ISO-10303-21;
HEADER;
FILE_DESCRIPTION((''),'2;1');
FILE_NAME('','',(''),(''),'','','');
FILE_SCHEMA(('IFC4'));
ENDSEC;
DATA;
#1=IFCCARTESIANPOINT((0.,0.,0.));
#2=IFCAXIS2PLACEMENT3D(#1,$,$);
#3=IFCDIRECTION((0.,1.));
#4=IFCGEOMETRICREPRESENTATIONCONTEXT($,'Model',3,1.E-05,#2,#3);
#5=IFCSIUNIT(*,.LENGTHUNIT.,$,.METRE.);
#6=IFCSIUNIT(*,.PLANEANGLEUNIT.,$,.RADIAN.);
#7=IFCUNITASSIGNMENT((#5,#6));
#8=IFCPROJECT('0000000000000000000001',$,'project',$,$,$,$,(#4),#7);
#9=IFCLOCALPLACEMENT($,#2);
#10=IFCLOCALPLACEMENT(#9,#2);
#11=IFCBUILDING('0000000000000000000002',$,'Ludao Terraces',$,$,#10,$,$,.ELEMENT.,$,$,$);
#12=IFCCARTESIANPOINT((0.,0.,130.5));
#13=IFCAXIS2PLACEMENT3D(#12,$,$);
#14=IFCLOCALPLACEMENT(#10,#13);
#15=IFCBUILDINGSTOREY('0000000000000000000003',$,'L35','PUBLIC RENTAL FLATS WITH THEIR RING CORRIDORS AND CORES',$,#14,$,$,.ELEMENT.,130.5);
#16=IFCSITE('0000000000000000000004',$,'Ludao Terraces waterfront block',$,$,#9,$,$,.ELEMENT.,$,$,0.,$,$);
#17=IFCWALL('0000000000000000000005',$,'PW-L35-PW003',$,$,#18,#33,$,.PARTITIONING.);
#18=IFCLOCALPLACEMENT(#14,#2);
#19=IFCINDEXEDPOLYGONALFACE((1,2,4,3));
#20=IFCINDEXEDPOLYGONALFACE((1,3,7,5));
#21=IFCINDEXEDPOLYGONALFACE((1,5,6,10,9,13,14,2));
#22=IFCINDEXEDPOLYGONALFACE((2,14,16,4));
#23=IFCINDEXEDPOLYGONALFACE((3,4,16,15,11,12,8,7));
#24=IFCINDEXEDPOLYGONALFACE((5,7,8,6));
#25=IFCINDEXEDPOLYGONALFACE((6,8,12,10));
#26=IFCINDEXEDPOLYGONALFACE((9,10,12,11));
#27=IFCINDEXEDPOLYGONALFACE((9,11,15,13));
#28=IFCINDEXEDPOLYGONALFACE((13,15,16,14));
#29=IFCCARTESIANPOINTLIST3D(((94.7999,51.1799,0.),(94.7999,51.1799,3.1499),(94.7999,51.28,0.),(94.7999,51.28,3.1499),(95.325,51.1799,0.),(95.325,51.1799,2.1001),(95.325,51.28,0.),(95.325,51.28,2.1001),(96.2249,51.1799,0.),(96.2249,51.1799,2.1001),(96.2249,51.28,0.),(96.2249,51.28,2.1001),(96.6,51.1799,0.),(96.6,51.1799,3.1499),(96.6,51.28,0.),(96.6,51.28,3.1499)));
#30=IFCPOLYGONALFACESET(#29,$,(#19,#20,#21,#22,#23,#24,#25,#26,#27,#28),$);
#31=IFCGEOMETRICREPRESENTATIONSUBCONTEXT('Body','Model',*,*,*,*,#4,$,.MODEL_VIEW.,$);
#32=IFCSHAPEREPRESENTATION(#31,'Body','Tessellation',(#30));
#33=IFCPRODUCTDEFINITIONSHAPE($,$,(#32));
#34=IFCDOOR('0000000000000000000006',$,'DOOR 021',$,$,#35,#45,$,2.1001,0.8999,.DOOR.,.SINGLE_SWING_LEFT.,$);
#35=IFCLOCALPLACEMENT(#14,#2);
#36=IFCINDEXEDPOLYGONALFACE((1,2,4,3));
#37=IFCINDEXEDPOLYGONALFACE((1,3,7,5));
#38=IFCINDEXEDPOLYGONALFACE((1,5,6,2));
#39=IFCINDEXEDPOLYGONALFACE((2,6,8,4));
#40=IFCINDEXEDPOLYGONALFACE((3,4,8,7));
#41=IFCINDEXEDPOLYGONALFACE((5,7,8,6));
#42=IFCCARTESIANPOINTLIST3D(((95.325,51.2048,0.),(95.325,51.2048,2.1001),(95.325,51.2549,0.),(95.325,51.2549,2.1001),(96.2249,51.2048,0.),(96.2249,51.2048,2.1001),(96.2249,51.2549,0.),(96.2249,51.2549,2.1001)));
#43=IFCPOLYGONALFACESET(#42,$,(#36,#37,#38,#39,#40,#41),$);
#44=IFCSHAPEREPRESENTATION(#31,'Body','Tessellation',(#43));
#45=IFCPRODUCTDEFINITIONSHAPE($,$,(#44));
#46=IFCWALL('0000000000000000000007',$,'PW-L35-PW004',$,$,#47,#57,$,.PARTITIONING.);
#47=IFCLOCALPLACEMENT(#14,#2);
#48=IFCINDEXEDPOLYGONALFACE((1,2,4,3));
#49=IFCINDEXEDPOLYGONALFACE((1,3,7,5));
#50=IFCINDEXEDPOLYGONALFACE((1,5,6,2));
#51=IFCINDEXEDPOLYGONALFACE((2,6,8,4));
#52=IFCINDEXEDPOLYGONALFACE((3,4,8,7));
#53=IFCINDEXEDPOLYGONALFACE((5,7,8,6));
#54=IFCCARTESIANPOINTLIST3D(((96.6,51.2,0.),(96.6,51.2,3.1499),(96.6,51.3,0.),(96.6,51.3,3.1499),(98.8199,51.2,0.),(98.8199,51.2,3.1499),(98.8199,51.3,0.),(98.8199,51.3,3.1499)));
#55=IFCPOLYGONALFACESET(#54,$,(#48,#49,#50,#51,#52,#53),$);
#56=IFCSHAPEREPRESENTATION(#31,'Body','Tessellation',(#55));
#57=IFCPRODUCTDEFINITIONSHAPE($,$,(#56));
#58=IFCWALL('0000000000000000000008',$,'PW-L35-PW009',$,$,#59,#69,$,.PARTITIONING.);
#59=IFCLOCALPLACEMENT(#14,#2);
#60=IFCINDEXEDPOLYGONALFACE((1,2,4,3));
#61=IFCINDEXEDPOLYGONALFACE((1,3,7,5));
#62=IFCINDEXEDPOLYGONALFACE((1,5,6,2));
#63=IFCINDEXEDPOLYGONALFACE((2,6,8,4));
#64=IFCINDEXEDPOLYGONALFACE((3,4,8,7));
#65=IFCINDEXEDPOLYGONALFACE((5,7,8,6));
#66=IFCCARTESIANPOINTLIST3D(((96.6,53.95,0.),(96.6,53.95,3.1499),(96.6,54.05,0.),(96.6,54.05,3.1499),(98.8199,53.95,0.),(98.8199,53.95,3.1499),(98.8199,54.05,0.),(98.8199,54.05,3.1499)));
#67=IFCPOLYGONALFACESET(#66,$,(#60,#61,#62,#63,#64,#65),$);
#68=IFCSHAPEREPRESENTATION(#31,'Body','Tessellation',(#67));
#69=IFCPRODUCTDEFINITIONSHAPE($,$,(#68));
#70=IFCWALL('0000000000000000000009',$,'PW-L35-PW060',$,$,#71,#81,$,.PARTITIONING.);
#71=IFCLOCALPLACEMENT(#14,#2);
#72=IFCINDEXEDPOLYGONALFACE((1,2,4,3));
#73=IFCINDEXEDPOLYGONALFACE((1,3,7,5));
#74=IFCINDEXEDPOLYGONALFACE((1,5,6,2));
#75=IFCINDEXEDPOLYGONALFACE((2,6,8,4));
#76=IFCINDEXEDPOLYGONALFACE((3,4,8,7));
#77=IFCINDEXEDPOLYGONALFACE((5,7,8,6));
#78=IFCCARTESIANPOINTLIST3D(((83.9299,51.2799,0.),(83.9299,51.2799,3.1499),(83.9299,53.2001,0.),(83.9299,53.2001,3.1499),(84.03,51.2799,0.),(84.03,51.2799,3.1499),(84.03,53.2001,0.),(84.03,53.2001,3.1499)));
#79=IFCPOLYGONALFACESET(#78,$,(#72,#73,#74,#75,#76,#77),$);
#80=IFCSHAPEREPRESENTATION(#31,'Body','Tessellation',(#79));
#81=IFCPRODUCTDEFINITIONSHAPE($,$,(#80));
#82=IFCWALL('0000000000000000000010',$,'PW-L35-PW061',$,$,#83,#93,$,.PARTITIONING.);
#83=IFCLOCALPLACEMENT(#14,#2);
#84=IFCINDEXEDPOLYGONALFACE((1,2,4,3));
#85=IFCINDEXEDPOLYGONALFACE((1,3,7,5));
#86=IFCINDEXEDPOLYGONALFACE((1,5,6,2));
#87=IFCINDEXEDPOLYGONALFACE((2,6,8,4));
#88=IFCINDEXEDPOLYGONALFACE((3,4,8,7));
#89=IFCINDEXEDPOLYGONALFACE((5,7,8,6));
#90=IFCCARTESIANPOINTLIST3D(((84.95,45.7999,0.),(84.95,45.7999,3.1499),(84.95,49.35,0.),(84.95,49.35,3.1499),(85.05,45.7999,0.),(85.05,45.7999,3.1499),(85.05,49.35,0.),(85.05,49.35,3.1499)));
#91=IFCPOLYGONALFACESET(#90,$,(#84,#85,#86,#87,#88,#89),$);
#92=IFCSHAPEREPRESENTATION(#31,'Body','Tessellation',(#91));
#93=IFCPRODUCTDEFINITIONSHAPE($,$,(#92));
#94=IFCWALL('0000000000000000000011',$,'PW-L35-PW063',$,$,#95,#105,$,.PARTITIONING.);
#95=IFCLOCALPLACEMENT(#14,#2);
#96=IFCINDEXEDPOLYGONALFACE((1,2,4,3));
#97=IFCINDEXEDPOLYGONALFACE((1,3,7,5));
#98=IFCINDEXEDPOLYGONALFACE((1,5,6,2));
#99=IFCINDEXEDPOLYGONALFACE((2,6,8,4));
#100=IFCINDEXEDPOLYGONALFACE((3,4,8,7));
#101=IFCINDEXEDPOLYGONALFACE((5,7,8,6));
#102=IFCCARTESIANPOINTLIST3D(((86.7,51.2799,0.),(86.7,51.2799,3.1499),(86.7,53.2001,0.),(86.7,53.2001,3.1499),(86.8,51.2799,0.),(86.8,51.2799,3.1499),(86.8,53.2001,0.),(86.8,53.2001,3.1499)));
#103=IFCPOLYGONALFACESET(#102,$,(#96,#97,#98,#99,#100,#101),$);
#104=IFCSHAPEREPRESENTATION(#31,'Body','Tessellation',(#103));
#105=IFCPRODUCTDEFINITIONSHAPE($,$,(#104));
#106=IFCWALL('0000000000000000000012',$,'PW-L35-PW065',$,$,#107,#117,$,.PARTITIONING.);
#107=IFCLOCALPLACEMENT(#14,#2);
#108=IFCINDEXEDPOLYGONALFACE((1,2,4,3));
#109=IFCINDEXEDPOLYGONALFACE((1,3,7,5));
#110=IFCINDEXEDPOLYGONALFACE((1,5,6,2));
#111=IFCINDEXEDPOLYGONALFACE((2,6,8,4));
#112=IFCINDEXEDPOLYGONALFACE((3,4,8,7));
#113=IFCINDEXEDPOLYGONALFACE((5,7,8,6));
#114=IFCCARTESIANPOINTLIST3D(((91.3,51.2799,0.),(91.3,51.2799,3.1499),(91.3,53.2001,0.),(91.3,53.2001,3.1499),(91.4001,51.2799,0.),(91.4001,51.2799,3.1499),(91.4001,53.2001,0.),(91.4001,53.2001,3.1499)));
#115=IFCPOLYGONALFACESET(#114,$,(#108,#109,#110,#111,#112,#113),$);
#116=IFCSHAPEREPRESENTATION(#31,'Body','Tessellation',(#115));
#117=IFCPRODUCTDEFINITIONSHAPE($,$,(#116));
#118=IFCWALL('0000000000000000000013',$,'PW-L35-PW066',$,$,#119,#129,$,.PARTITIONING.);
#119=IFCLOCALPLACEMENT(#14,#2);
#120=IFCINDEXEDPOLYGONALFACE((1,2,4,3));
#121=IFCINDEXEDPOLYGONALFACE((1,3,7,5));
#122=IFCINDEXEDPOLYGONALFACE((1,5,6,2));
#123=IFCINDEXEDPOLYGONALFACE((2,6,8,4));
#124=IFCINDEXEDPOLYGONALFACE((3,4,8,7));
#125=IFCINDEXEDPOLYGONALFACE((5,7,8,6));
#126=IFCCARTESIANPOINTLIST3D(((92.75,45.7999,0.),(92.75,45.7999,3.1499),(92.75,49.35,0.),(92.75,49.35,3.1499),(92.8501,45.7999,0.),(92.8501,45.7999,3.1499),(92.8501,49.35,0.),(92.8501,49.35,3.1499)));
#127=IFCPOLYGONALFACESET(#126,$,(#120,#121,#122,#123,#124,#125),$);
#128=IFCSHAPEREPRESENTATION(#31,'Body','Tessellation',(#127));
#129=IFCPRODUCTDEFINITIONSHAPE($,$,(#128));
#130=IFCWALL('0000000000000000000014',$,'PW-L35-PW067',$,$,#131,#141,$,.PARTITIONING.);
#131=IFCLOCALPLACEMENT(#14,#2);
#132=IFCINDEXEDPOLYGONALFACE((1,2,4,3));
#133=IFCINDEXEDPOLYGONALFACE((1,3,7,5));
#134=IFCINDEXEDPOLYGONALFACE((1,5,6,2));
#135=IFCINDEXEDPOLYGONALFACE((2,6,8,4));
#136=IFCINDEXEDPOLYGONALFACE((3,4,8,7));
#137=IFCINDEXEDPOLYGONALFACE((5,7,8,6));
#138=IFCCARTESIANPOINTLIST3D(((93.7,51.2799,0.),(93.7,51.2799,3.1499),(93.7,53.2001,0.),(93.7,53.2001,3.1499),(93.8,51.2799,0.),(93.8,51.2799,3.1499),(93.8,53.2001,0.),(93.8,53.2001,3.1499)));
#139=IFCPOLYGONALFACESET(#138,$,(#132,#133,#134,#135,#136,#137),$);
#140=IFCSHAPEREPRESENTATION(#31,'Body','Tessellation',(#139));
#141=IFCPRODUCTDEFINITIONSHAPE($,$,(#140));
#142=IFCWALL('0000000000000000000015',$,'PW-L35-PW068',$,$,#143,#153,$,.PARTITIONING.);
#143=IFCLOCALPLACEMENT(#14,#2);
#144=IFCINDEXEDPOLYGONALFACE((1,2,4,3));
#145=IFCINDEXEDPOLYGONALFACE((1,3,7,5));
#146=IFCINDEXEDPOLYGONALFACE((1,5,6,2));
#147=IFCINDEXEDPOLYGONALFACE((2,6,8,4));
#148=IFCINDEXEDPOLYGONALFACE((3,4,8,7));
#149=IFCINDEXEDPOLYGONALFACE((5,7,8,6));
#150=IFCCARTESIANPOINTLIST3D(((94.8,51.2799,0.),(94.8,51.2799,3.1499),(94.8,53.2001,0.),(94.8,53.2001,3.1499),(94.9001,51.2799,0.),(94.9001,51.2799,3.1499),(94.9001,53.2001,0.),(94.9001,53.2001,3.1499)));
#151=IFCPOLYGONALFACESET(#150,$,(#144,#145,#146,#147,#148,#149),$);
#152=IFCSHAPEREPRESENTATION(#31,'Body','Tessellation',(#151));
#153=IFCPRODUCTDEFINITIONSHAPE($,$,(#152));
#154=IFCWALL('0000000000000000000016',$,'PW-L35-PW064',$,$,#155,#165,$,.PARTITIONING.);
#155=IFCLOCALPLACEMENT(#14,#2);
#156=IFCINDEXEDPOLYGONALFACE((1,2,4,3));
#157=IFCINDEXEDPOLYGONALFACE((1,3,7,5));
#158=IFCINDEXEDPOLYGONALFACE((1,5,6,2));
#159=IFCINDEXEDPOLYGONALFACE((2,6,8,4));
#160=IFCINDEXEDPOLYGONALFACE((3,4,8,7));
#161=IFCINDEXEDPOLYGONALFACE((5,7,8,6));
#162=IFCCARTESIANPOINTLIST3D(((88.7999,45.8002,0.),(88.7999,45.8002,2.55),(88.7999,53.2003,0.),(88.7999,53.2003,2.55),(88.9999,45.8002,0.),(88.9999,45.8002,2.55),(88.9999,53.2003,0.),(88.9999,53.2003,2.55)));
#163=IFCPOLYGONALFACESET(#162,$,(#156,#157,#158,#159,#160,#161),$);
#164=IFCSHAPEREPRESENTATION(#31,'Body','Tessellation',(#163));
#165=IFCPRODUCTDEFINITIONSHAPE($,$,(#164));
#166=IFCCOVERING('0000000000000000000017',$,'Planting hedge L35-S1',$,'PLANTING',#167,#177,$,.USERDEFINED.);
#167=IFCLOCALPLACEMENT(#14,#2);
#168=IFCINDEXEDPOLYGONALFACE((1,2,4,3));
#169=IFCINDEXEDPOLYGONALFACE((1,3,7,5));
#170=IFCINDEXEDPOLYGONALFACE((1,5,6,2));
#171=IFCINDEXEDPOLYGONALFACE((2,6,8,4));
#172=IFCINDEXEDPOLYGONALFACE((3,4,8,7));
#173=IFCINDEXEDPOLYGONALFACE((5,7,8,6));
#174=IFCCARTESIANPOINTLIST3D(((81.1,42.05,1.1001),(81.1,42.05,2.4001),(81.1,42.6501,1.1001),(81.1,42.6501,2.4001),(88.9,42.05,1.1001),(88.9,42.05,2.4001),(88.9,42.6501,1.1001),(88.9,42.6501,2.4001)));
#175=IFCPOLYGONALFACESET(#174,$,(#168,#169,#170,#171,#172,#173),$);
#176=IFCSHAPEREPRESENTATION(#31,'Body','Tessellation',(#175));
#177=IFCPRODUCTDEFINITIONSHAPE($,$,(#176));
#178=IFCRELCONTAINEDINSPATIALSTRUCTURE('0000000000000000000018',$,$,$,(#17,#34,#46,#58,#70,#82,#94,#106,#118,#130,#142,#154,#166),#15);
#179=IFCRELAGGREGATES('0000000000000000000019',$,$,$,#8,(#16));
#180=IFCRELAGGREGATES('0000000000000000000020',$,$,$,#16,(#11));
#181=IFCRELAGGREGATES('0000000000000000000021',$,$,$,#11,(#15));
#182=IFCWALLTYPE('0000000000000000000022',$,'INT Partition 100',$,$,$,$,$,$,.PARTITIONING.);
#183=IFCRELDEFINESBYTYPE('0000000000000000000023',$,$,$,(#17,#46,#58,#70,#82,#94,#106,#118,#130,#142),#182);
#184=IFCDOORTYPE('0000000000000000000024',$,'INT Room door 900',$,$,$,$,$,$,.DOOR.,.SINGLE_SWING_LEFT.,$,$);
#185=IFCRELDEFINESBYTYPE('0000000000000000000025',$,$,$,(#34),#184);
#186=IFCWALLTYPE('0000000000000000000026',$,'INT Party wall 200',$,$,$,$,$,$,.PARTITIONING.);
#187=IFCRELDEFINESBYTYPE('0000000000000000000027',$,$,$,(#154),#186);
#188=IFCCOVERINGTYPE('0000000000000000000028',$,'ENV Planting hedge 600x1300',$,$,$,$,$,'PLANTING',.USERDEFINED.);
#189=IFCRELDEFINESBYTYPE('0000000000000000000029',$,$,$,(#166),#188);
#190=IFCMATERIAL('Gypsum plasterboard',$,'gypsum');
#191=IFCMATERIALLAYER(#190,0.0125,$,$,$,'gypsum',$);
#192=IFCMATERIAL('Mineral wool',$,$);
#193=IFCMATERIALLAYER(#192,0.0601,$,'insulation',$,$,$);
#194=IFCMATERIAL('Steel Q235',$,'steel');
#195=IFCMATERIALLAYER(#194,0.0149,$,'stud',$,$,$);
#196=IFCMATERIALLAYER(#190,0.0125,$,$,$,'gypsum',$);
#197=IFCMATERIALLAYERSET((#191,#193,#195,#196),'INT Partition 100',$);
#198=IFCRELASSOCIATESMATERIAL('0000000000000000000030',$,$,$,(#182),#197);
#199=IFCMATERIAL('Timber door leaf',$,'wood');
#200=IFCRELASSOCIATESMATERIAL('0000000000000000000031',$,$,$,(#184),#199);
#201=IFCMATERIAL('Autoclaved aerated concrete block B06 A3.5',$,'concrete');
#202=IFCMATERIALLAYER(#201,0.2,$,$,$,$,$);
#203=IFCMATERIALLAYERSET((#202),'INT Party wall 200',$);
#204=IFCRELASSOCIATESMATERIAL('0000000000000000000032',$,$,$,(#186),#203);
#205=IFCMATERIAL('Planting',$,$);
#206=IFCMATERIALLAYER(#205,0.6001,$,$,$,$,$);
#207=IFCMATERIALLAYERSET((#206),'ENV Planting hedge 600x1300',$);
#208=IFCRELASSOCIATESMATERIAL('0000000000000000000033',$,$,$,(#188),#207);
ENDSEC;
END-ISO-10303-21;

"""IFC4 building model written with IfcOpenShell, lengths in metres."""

from ifc_helpers import new_model, si_unit, direction, frame, frame_2d, origin, origin_2d, place, context, subcontext, project, spatial, rectangle, extrude, material, layer, layer_set, type_object, element, fill, save


model = new_model("IFC4")

# Units and contexts
model_context = context("Model", 3, precision=1e-05, world=origin(), true_north=direction((0.0, 1.0)))
body_context = subcontext(model_context, "Body", "Model", "MODEL_VIEW")
ifc_project = project(units=[si_unit("LENGTHUNIT", "METRE"), si_unit("PLANEANGLEUNIT", "RADIAN")], contexts=[model_context])

# Site, building, storey
site_placement = place(None, origin())
site = spatial("IfcSite", under=ifc_project, at=site_placement, Name="Ludao Terraces waterfront block", CompositionType="ELEMENT", RefElevation=0.0)
building_placement = place(site_placement, origin())
building = spatial("IfcBuilding", under=site, at=building_placement, Name="Ludao Terraces", CompositionType="ELEMENT")
storey_placement = place(building_placement, frame((0.0, 0.0, 130.5)))
storey = spatial("IfcBuildingStorey", under=building, at=storey_placement, Name="L35", Description="PUBLIC RENTAL FLATS WITH THEIR RING CORRIDORS AND CORES", CompositionType="ELEMENT", Elevation=130.5)

# Shared definitions
ifc_material_1 = material(Name="Steel Q235", Category="steel")

# Shared definitions
ifc_material_2 = material(Name="Mineral wool")

# Wall, opening, door
ifc_material_3 = material(Name="Gypsum plasterboard", Category="gypsum")
ifc_layer_1 = layer(ifc_material_3, 0.0125, Category="gypsum")
ifc_layer_2 = layer(ifc_material_2, 0.0601, Name="insulation")
ifc_layer_3 = layer(ifc_material_1, 0.0149, Name="stud")
ifc_layer_4 = layer(ifc_material_3, 0.0125, Category="gypsum")
ifc_layer_set_1 = layer_set([ifc_layer_1, ifc_layer_2, ifc_layer_3, ifc_layer_4], Name="INT Partition 100")
wall_type_1 = type_object("IfcWallType", Name="INT Partition 100", PredefinedType="PARTITIONING", material=ifc_layer_set_1)
wall_1_placement = place(storey_placement, frame((94.8, 51.23, 0.0), z_axis=(0.0, 0.0, 1.0), x_axis=(1.0, 0.0, 0.0)))
wall_1 = element("IfcWall", 1, at=wall_1_placement, inside=storey, type_object=wall_type_1, Name="PW-L35-PW003", PredefinedType="PARTITIONING", context=body_context, shape_type="SweptSolid", body=[
    extrude(rectangle(XDim=1.8, YDim=0.1001, at=frame_2d((0.8999, 0.0))), origin(), (0.0, 0.0, 1.0), 3.1499),
])
opening_1_placement = place(wall_1_placement, frame((0.5249, 0.0, 0.0)))
opening_1 = element("IfcOpeningElement", 2, at=opening_1_placement, cuts=wall_1, PredefinedType="OPENING", context=body_context, shape_type="SweptSolid", body=[
    extrude(rectangle(XDim=0.8999, YDim=2.1001, at=frame_2d((0.45, 1.05))), frame((0.0, 0.0601, 0.0), z_axis=(0.0, -1.0, 0.0), x_axis=(1.0, 0.0, 0.0)), (0.0, 0.0, 1.0), 0.1201),
])
ifc_material_4 = material(Name="Timber door leaf", Category="wood")
door_type_1 = type_object("IfcDoorType", Name="INT Room door 900", OperationType="SINGLE_SWING_LEFT", PredefinedType="DOOR", material=ifc_material_4)
door_1_placement = place(opening_1_placement, origin())
door_1 = element("IfcDoor", 3, at=door_1_placement, inside=storey, type_object=door_type_1, Name="DOOR 021", OperationType="SINGLE_SWING_LEFT", OverallHeight=2.1001, OverallWidth=0.8999, PredefinedType="DOOR", context=body_context, shape_type="SweptSolid", body=[
    extrude(rectangle(XDim=0.8999, YDim=2.1001, at=frame_2d((0.45, 1.05))), frame((0.0, 0.0249, 0.0), z_axis=(0.0, -1.0, 0.0), x_axis=(1.0, 0.0, 0.0)), (0.0, 0.0, 1.0), 0.05),
])
fill(opening_1, door_1)

# Walls
for number, where, z_axis, x_axis, name in (
    (4, (96.6001, 51.25, 0.0), (0.0, 0.0, 1.0), (1.0, 0.0, 0.0), "PW-L35-PW004"),
    (5, (96.6001, 54.0, 0.0), (0.0, 0.0, 1.0), (1.0, 0.0, 0.0), "PW-L35-PW009"),
):
    element("IfcWall", number, at=place(storey_placement, frame(where, z_axis=z_axis, x_axis=x_axis)), inside=storey, type_object=wall_type_1, Name=name, PredefinedType="PARTITIONING", context=body_context, shape_type="SweptSolid", body=[
        extrude(rectangle(XDim=2.22, YDim=0.1001, at=frame_2d((1.1099, 0.0))), origin(), (0.0, 0.0, 1.0), 3.1499),
    ])
wall_2_placement = place(storey_placement, frame((83.98, 51.28, 0.0), z_axis=(0.0, 0.0, 1.0), x_axis=(0.0, 1.0, 0.0)))
element("IfcWall", 6, at=wall_2_placement, inside=storey, type_object=wall_type_1, Name="PW-L35-PW060", PredefinedType="PARTITIONING", context=body_context, shape_type="SweptSolid", body=[
    extrude(rectangle(XDim=1.9202, YDim=0.1001, at=frame_2d((0.96, 0.0))), origin(), (0.0, 0.0, 1.0), 3.1499),
])
wall_3_placement = place(storey_placement, frame((85.0, 45.8, 0.0), z_axis=(0.0, 0.0, 1.0), x_axis=(0.0, 1.0, 0.0)))
element("IfcWall", 7, at=wall_3_placement, inside=storey, type_object=wall_type_1, Name="PW-L35-PW061", PredefinedType="PARTITIONING", context=body_context, shape_type="SweptSolid", body=[
    extrude(rectangle(XDim=3.55, YDim=0.1001, at=frame_2d((1.7749, 0.0))), origin(), (0.0, 0.0, 1.0), 3.1499),
])
for number, where, z_axis, x_axis, name in (
    (8, (86.75, 51.28, 0.0), (0.0, 0.0, 1.0), (0.0, 1.0, 0.0), "PW-L35-PW063"),
    (9, (91.3501, 51.28, 0.0), (0.0, 0.0, 1.0), (0.0, 1.0, 0.0), "PW-L35-PW065"),
):
    element("IfcWall", number, at=place(storey_placement, frame(where, z_axis=z_axis, x_axis=x_axis)), inside=storey, type_object=wall_type_1, Name=name, PredefinedType="PARTITIONING", context=body_context, shape_type="SweptSolid", body=[
        extrude(rectangle(XDim=1.9202, YDim=0.1001, at=frame_2d((0.96, 0.0))), origin(), (0.0, 0.0, 1.0), 3.1499),
    ])
wall_4_placement = place(storey_placement, frame((92.8, 45.8, 0.0), z_axis=(0.0, 0.0, 1.0), x_axis=(0.0, 1.0, 0.0)))
element("IfcWall", 10, at=wall_4_placement, inside=storey, type_object=wall_type_1, Name="PW-L35-PW066", PredefinedType="PARTITIONING", context=body_context, shape_type="SweptSolid", body=[
    extrude(rectangle(XDim=3.55, YDim=0.1001, at=frame_2d((1.7749, 0.0))), origin(), (0.0, 0.0, 1.0), 3.1499),
])
for number, where, z_axis, x_axis, name in (
    (11, (93.75, 51.28, 0.0), (0.0, 0.0, 1.0), (0.0, 1.0, 0.0), "PW-L35-PW067"),
    (12, (94.8501, 51.28, 0.0), (0.0, 0.0, 1.0), (0.0, 1.0, 0.0), "PW-L35-PW068"),
):
    element("IfcWall", number, at=place(storey_placement, frame(where, z_axis=z_axis, x_axis=x_axis)), inside=storey, type_object=wall_type_1, Name=name, PredefinedType="PARTITIONING", context=body_context, shape_type="SweptSolid", body=[
        extrude(rectangle(XDim=1.9202, YDim=0.1001, at=frame_2d((0.96, 0.0))), origin(), (0.0, 0.0, 1.0), 3.1499),
    ])
ifc_material_5 = material(Name="Autoclaved aerated concrete block B06 A3.5", Category="concrete")
ifc_layer_5 = layer(ifc_material_5, 0.2)
ifc_layer_set_2 = layer_set([ifc_layer_5], Name="INT Party wall 200")
wall_type_2 = type_object("IfcWallType", Name="INT Party wall 200", PredefinedType="PARTITIONING", material=ifc_layer_set_2)
wall_5_placement = place(storey_placement, frame((88.8999, 45.8, 0.0), z_axis=(0.0, 0.0, 1.0), x_axis=(0.0, 1.0, 0.0)))
element("IfcWall", 13, at=wall_5_placement, inside=storey, type_object=wall_type_2, Name="PW-L35-PW064", PredefinedType="PARTITIONING", context=body_context, shape_type="SweptSolid", body=[
    extrude(rectangle(XDim=7.4001, YDim=0.2, at=frame_2d((3.7002, 0.0))), origin(), (0.0, 0.0, 1.0), 2.55),
])

# Covering
ifc_material_6 = material(Name="Planting")
ifc_layer_6 = layer(ifc_material_6, 0.6001)
ifc_layer_set_3 = layer_set([ifc_layer_6], Name="ENV Planting hedge 600x1300")
covering_type = type_object("IfcCoveringType", Name="ENV Planting hedge 600x1300", ElementType="PLANTING", PredefinedType="USERDEFINED", material=ifc_layer_set_3)
covering_placement = place(storey_placement, frame((85.0, 42.3501, 1.1001), z_axis=(0.0, 0.0, 1.0), x_axis=(1.0, 0.0, 0.0)))
element("IfcCovering", 14, at=covering_placement, inside=storey, type_object=covering_type, Name="Planting hedge L35-S1", ObjectType="PLANTING", PredefinedType="USERDEFINED", context=body_context, shape_type="SweptSolid", body=[
    extrude(rectangle(XDim=7.8, YDim=0.6001, at=origin_2d()), origin(), (0.0, 0.0, 1.0), 1.3),
])

save(model, "model.ifc")
